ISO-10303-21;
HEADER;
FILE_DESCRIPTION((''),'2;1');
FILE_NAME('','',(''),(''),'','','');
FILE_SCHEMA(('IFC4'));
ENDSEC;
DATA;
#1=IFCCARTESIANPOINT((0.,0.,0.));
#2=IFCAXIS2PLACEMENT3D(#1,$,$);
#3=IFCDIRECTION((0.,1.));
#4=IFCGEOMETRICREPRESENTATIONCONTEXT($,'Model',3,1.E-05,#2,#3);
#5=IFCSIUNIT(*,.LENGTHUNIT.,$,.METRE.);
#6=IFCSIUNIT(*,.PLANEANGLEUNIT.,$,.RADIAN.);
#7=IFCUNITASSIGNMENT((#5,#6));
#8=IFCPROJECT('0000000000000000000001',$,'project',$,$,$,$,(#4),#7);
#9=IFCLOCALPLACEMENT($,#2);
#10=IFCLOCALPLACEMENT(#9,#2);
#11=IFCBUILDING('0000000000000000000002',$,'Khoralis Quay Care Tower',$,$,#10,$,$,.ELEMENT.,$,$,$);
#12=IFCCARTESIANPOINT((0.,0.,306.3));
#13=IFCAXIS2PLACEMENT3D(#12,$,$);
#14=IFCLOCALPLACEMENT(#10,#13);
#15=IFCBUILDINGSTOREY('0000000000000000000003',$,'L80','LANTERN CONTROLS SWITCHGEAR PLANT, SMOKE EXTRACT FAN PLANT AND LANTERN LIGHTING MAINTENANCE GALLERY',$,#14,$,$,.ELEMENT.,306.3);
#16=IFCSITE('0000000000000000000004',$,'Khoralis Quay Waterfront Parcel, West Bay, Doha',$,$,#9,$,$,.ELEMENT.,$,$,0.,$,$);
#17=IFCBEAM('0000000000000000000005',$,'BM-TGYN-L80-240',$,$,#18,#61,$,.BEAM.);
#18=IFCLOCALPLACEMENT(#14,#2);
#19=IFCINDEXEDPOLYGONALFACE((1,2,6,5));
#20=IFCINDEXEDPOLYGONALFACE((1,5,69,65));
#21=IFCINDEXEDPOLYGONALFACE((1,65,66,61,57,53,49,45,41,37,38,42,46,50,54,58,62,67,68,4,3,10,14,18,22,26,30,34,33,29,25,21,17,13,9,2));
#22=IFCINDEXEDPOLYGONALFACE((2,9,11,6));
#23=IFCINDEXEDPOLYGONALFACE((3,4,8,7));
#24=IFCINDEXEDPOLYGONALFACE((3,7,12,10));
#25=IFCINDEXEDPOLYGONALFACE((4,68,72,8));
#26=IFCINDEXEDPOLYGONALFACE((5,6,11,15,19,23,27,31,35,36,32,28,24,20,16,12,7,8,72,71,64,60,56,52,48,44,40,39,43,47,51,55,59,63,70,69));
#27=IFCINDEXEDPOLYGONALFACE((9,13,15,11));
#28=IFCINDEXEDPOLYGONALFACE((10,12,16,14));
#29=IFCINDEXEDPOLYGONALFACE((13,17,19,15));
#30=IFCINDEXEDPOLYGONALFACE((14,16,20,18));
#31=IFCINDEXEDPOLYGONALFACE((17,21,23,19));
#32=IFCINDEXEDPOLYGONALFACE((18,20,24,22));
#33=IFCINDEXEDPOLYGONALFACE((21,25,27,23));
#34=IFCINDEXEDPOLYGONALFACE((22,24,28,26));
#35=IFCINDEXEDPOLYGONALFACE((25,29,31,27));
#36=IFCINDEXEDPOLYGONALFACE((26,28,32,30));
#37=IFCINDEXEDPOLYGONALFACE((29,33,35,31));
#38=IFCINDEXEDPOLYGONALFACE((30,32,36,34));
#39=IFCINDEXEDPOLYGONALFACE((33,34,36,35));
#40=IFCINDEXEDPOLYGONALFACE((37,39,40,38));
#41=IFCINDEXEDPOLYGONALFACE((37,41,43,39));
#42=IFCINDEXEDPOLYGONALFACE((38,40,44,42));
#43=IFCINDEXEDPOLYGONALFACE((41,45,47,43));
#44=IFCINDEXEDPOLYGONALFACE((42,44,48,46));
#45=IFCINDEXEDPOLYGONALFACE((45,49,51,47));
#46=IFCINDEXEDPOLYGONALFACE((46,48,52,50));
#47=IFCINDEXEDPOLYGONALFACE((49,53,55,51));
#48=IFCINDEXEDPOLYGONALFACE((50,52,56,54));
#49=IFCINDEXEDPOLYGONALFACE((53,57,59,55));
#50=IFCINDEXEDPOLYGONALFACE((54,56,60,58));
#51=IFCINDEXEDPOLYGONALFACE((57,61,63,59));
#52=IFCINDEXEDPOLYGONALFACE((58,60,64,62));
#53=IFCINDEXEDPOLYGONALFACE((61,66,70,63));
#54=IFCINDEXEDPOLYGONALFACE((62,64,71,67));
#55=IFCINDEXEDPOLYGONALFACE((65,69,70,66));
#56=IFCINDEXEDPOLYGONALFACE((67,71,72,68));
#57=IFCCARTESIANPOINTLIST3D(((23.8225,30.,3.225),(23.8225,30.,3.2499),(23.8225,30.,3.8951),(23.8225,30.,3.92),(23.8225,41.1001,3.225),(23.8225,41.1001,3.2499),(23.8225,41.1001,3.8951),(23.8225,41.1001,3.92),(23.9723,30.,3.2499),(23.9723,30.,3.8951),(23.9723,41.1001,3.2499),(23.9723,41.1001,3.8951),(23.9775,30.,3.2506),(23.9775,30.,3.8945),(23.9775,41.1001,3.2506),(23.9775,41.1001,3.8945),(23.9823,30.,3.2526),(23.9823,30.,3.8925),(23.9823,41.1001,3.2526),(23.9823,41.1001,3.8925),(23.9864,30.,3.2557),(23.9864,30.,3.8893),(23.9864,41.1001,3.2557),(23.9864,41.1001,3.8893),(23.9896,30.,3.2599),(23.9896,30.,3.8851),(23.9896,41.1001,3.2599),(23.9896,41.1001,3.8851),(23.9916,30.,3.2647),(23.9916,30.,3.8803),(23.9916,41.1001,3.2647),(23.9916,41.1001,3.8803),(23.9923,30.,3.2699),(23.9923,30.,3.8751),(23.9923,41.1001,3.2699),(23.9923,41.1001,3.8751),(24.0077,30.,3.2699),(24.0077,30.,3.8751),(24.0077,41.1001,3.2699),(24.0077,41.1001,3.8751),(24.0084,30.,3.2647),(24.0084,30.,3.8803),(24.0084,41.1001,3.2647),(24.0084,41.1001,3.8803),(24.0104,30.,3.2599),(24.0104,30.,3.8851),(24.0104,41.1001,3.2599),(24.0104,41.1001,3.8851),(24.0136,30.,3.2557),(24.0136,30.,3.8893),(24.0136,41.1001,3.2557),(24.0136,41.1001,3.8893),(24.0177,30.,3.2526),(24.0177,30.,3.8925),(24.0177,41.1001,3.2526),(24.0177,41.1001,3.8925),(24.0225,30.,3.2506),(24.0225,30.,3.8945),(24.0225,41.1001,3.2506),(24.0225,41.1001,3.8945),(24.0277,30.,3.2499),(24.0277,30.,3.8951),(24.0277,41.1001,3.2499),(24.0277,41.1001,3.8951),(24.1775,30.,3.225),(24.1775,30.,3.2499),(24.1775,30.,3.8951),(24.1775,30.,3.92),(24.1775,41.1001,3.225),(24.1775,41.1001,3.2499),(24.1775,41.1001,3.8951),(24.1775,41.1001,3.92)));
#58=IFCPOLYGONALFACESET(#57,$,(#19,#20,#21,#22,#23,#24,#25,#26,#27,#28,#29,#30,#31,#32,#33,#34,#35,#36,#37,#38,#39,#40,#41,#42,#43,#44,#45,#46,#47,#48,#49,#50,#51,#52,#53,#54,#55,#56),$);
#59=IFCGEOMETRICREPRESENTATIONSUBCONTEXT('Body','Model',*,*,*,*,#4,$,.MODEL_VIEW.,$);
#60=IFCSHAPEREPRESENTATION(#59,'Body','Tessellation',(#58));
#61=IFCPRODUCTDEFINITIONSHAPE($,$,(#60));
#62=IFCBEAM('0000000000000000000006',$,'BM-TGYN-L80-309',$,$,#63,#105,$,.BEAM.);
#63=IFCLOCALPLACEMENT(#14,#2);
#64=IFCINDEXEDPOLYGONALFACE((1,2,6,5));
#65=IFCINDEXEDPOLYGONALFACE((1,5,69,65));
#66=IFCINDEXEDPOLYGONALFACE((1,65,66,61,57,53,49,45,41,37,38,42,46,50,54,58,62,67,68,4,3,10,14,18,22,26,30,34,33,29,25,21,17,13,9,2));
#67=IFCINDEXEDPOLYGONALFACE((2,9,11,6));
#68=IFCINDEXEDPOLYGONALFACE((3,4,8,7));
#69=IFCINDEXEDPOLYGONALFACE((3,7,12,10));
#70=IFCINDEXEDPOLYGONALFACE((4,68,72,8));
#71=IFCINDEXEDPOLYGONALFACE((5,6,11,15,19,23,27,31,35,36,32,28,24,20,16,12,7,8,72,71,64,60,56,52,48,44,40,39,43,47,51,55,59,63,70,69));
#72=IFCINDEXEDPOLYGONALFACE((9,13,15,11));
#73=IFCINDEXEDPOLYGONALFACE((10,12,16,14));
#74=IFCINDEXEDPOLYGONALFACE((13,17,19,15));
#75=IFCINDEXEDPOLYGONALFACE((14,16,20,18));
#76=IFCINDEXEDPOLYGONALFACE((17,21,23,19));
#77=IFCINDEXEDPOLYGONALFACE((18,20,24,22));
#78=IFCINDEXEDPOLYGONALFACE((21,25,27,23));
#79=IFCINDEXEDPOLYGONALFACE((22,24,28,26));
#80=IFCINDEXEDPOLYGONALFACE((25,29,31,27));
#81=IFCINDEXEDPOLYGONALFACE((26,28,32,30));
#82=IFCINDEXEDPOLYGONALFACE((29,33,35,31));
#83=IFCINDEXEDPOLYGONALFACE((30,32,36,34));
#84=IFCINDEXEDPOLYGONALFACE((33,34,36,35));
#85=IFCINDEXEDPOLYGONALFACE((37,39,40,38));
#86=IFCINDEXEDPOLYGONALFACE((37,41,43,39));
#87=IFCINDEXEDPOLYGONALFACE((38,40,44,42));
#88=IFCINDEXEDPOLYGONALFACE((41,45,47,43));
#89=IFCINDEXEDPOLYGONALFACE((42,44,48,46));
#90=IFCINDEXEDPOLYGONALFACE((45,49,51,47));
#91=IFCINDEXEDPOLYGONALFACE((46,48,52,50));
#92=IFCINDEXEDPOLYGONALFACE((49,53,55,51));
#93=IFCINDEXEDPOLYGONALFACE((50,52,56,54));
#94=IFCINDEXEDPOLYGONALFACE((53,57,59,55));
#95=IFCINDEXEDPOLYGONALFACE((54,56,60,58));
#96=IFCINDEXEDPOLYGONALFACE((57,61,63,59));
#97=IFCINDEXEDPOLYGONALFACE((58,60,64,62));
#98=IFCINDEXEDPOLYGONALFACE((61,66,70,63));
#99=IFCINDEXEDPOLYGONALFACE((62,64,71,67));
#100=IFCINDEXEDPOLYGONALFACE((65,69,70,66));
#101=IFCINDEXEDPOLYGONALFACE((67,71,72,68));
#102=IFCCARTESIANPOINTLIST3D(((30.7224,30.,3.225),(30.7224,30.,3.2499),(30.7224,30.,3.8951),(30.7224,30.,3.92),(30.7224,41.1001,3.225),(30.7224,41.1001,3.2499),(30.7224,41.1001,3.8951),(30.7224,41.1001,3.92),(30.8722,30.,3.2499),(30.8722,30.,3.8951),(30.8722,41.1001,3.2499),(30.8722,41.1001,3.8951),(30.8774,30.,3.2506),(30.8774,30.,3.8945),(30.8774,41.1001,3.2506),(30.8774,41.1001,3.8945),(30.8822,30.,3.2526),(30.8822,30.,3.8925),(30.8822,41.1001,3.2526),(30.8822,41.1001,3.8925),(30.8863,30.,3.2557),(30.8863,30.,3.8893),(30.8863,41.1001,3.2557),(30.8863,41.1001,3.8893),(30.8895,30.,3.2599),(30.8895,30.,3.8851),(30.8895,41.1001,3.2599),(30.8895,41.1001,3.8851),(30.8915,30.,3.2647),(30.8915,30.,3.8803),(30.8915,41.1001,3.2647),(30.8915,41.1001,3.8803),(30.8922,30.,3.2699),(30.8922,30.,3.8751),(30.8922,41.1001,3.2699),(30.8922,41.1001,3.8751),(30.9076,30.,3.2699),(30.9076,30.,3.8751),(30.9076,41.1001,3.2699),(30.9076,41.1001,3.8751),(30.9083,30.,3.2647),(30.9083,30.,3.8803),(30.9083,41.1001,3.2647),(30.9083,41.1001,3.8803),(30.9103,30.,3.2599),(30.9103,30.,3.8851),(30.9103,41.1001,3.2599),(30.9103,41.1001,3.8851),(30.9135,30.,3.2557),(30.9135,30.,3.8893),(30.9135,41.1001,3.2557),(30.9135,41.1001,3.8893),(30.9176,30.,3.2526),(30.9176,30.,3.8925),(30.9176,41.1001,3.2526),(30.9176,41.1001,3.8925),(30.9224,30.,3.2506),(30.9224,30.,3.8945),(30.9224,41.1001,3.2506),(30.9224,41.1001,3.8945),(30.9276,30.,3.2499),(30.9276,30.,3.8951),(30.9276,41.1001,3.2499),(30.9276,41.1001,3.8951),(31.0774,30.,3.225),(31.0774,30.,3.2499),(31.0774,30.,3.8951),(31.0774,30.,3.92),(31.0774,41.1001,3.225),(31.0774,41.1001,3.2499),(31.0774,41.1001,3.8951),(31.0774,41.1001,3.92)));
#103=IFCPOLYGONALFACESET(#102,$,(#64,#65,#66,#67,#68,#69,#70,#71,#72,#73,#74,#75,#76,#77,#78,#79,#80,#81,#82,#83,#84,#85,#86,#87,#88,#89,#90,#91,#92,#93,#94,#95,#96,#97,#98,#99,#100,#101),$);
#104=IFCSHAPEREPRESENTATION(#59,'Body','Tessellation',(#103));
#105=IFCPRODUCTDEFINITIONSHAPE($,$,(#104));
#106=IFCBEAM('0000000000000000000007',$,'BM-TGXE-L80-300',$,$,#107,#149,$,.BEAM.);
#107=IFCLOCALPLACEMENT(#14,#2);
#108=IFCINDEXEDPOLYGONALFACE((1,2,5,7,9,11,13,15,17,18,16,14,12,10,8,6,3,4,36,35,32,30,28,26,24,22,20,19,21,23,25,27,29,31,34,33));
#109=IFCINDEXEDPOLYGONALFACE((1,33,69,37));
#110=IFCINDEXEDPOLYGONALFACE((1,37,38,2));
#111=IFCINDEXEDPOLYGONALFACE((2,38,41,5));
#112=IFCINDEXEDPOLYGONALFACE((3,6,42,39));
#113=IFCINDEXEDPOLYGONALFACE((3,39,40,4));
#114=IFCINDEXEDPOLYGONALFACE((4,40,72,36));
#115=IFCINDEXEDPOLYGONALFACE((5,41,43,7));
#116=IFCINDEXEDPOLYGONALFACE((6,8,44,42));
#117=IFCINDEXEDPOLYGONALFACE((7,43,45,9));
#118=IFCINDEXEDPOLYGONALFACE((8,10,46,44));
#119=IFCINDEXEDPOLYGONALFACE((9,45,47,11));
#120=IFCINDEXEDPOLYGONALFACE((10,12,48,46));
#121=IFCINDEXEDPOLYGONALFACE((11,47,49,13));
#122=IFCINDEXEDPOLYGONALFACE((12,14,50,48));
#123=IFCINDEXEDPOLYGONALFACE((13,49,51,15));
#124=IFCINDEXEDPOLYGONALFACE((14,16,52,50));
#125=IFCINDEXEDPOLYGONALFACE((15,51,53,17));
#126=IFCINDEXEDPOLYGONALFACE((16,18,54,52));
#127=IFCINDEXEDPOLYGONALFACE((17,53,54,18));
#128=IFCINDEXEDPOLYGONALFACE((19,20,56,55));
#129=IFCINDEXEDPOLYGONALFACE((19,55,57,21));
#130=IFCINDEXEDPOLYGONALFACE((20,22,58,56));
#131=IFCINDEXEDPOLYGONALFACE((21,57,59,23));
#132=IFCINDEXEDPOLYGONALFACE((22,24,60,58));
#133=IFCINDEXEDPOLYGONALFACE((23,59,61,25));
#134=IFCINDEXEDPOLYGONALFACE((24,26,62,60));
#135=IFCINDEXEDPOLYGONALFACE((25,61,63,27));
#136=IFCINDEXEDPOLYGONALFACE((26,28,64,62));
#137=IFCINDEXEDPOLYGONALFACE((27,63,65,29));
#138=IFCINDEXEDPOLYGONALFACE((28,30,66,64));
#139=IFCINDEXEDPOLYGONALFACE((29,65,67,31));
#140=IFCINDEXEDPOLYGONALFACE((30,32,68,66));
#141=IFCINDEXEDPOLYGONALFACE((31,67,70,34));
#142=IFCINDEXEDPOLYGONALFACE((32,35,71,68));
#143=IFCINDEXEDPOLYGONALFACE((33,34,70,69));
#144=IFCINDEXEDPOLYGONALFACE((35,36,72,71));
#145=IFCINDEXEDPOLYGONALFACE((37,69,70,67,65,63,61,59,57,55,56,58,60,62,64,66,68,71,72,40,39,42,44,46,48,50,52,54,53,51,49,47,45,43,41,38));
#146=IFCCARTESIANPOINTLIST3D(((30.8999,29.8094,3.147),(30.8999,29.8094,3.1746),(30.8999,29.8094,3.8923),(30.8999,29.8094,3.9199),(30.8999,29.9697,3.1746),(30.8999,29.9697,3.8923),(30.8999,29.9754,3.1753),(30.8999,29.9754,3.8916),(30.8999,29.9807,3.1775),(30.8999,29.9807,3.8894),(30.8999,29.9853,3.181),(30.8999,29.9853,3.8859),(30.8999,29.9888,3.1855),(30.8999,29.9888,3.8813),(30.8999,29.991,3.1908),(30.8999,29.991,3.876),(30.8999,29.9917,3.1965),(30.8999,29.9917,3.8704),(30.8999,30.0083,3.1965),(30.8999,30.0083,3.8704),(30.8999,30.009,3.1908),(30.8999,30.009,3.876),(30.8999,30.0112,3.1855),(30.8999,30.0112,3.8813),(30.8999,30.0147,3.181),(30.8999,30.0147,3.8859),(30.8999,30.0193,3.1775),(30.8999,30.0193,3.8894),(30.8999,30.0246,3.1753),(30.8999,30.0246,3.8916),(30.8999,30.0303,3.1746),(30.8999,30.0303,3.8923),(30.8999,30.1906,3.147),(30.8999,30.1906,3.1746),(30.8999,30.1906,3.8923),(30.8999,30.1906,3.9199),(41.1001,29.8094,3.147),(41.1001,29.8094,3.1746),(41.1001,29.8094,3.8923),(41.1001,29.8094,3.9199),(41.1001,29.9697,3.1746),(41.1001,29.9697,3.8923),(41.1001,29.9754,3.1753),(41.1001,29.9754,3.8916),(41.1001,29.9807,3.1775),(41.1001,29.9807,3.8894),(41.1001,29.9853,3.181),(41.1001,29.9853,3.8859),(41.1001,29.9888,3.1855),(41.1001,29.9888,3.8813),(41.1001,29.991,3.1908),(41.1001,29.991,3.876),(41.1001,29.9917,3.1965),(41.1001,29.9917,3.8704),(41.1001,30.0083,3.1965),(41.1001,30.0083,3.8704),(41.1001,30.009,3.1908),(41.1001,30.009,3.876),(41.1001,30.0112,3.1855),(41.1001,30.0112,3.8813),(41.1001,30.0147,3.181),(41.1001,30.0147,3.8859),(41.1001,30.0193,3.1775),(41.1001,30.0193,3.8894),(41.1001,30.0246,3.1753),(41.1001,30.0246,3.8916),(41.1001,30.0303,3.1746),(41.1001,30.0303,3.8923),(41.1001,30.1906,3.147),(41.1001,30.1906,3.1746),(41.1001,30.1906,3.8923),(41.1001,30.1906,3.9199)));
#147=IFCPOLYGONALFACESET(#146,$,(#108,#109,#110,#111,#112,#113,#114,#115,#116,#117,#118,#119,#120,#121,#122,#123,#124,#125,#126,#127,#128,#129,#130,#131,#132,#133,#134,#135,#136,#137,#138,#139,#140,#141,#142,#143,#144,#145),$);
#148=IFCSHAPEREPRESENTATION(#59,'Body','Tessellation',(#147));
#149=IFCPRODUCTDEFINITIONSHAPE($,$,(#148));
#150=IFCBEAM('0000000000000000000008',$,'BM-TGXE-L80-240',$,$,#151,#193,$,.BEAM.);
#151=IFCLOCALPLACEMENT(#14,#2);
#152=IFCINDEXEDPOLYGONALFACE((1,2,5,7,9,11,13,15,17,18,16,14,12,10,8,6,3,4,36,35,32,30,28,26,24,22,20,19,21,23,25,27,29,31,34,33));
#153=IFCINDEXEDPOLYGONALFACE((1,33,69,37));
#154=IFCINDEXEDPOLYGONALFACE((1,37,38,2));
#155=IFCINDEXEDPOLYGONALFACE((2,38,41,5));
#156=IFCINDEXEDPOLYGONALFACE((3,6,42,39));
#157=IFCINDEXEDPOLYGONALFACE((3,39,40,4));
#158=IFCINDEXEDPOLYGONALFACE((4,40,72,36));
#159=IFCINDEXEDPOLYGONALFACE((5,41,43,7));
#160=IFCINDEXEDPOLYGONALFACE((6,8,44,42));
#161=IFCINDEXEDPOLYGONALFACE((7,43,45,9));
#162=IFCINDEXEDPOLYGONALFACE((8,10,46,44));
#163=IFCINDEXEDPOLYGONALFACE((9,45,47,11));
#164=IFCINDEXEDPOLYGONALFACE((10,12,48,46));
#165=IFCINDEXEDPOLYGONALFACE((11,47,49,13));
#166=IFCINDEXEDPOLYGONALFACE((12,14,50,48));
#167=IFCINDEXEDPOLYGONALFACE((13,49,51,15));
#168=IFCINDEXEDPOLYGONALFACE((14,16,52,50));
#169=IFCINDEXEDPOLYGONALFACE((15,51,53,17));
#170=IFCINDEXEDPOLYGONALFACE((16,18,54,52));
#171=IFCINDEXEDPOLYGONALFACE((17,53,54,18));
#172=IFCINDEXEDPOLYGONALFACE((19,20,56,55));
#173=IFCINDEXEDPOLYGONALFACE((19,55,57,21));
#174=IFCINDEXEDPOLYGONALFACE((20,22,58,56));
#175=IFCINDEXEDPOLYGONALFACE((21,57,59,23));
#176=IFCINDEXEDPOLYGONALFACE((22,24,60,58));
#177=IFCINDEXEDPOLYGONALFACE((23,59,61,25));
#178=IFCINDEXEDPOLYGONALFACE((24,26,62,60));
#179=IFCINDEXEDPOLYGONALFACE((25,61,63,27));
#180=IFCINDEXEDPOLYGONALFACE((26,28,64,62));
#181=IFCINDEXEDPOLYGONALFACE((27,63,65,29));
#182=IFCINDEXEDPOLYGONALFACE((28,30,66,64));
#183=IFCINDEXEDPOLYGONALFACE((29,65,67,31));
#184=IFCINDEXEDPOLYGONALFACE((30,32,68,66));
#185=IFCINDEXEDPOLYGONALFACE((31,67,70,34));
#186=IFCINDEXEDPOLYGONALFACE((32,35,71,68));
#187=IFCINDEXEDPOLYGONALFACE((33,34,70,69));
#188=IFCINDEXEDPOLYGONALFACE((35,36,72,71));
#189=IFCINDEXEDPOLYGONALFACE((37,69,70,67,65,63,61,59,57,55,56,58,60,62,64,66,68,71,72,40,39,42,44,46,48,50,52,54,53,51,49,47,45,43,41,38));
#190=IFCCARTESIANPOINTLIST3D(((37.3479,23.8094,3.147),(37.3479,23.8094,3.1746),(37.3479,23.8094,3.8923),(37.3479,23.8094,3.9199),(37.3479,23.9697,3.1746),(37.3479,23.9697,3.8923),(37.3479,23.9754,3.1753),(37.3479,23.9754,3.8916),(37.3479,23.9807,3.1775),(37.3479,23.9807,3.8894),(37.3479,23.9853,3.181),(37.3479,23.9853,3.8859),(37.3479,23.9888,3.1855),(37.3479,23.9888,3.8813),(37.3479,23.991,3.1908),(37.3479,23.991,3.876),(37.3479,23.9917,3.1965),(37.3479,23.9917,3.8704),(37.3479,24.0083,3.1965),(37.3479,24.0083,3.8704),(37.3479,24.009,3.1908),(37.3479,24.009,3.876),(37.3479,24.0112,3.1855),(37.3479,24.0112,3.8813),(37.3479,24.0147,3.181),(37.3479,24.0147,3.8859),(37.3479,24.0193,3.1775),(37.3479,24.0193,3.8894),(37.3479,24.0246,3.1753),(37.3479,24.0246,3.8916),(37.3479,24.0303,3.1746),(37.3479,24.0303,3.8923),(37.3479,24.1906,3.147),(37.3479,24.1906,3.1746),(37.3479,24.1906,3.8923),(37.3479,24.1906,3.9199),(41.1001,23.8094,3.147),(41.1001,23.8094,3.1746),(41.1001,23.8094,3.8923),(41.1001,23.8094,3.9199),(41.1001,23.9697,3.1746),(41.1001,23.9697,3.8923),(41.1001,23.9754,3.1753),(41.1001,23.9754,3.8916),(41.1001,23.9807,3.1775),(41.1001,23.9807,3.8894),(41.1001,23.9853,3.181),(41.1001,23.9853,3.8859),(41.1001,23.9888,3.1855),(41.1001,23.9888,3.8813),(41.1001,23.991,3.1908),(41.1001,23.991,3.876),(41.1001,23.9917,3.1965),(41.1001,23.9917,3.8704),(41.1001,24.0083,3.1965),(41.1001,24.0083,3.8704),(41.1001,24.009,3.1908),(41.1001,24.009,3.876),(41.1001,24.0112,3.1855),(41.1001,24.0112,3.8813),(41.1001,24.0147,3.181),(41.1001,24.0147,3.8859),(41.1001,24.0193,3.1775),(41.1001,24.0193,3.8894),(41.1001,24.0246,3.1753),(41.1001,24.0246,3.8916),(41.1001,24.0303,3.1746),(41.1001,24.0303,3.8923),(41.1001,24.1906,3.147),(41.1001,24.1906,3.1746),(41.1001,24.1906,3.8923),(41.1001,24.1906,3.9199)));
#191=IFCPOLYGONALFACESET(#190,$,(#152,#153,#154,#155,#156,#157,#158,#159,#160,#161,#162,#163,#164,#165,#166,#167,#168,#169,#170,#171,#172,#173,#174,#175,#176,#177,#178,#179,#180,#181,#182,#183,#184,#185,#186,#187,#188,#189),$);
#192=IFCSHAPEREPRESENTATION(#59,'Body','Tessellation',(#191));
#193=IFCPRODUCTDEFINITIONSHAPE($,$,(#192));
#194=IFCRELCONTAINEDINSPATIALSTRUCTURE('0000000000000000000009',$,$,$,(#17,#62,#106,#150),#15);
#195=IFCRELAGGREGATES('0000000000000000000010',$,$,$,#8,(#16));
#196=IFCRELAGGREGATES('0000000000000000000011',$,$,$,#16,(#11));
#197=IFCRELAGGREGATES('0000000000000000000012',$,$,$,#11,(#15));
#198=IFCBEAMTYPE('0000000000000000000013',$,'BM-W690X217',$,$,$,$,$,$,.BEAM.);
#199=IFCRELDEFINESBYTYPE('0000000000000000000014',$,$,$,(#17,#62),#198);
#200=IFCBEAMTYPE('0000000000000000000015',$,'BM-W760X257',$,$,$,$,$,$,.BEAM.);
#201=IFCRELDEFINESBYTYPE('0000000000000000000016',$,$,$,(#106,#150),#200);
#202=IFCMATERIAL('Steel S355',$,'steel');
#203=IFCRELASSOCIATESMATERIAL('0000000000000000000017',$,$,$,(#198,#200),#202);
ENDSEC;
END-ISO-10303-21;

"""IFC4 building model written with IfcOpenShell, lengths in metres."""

from ifc_helpers import new_model, si_unit, direction, frame, origin, origin_2d, place, context, subcontext, project, spatial, i_section, extrude, source, transform, mapped, material, material_profile, profile_set, type_object, element, save


model = new_model("IFC4")

# Units and contexts
model_context = context("Model", 3, precision=1e-05, world=origin(), true_north=direction((0.0, 1.0)))
body_context = subcontext(model_context, "Body", "Model", "MODEL_VIEW")
ifc_project = project(units=[si_unit("LENGTHUNIT", "METRE"), si_unit("PLANEANGLEUNIT", "RADIAN")], contexts=[model_context])

# Site, building, storey
site_placement = place(None, origin())
site = spatial("IfcSite", under=ifc_project, at=site_placement, Name="Khoralis Quay Waterfront Parcel, West Bay, Doha", CompositionType="ELEMENT", RefElevation=0.0)
building_placement = place(site_placement, origin())
building = spatial("IfcBuilding", under=site, at=building_placement, Name="Khoralis Quay Care Tower", CompositionType="ELEMENT")
storey_placement = place(building_placement, frame((0.0, 0.0, 306.3)))
storey = spatial("IfcBuildingStorey", under=building, at=storey_placement, Name="L80", Description="LANTERN CONTROLS SWITCHGEAR PLANT, SMOKE EXTRACT FAN PLANT AND LANTERN LIGHTING MAINTENANCE GALLERY", CompositionType="ELEMENT", Elevation=306.3)

# Shared definitions
ifc_material_1 = material(Name="Steel S355", Category="steel")

# Beams
ifc_material_profile_1 = material_profile(ifc_material_1, i_section(OverallWidth=0.355, OverallDepth=0.6951, WebThickness=0.0154, FlangeThickness=0.0249, FilletRadius=0.02, at=origin_2d()), Name="Steel S355")
ifc_profile_set_1 = profile_set([ifc_material_profile_1], Name="Steel S355")
beam_type_1 = type_object("IfcBeamType", Name="BM-W690X217", PredefinedType="BEAM", material=ifc_profile_set_1)
shared_shape_1 = source(origin(), body_context, "Body", "SweptSolid", [
    extrude(i_section(OverallWidth=0.355, OverallDepth=0.6951, WebThickness=0.0154, FlangeThickness=0.0249, FilletRadius=0.02, at=origin_2d()), origin(), (0.0, 0.0, 1.0), 11.1001),
])
for number, where, z_axis, x_axis, name in (
    (1, (24.0, 30.0, 3.5725), (0.0, 1.0, 0.0), (-1.0, 0.0, 0.0), "BM-TGYN-L80-240"),
    (2, (30.8999, 30.0, 3.5725), (0.0, 1.0, 0.0), (-1.0, 0.0, 0.0), "BM-TGYN-L80-309"),
):
    element("IfcBeam", number, at=place(storey_placement, frame(where, z_axis=z_axis, x_axis=x_axis)), inside=storey, type_object=beam_type_1, Name=name, PredefinedType="BEAM", context=body_context, shape_type="MappedRepresentation", body=[
        mapped(shared_shape_1, transform((0.0, 0.0, 0.0), scale=1.0)),
    ])
ifc_material_profile_2 = material_profile(ifc_material_1, i_section(OverallWidth=0.3811, OverallDepth=0.7729, WebThickness=0.0166, FlangeThickness=0.0276, FilletRadius=0.022, at=origin_2d()), Name="Steel S355")
ifc_profile_set_2 = profile_set([ifc_material_profile_2], Name="Steel S355")
beam_type_2 = type_object("IfcBeamType", Name="BM-W760X257", PredefinedType="BEAM", material=ifc_profile_set_2)
shared_shape_2 = source(origin(), body_context, "Body", "SweptSolid", [
    extrude(i_section(OverallWidth=0.3811, OverallDepth=0.7729, WebThickness=0.0166, FlangeThickness=0.0276, FilletRadius=0.022, at=origin_2d()), origin(), (0.0, 0.0, 1.0), 10.2002),
])
beam_1_placement = place(storey_placement, frame((30.8999, 30.0, 3.5334), z_axis=(1.0, 0.0, 0.0), x_axis=(0.0, 1.0, 0.0)))
element("IfcBeam", 3, at=beam_1_placement, inside=storey, type_object=beam_type_2, Name="BM-TGXE-L80-300", PredefinedType="BEAM", context=body_context, shape_type="MappedRepresentation", body=[
    mapped(shared_shape_2, transform((0.0, 0.0, 0.0), scale=1.0)),
])
shared_shape_3 = source(origin(), body_context, "Body", "SweptSolid", [
    extrude(i_section(OverallWidth=0.3811, OverallDepth=0.7729, WebThickness=0.0166, FlangeThickness=0.0276, FilletRadius=0.022, at=origin_2d()), origin(), (0.0, 0.0, 1.0), 3.7522),
])
beam_2_placement = place(storey_placement, frame((37.3479, 24.0, 3.5334), z_axis=(1.0, 0.0, 0.0), x_axis=(0.0, 1.0, 0.0)))
element("IfcBeam", 4, at=beam_2_placement, inside=storey, type_object=beam_type_2, Name="BM-TGXE-L80-240", PredefinedType="BEAM", context=body_context, shape_type="MappedRepresentation", body=[
    mapped(shared_shape_3, transform((0.0, 0.0, 0.0), scale=1.0)),
])

save(model, "model.ifc")
